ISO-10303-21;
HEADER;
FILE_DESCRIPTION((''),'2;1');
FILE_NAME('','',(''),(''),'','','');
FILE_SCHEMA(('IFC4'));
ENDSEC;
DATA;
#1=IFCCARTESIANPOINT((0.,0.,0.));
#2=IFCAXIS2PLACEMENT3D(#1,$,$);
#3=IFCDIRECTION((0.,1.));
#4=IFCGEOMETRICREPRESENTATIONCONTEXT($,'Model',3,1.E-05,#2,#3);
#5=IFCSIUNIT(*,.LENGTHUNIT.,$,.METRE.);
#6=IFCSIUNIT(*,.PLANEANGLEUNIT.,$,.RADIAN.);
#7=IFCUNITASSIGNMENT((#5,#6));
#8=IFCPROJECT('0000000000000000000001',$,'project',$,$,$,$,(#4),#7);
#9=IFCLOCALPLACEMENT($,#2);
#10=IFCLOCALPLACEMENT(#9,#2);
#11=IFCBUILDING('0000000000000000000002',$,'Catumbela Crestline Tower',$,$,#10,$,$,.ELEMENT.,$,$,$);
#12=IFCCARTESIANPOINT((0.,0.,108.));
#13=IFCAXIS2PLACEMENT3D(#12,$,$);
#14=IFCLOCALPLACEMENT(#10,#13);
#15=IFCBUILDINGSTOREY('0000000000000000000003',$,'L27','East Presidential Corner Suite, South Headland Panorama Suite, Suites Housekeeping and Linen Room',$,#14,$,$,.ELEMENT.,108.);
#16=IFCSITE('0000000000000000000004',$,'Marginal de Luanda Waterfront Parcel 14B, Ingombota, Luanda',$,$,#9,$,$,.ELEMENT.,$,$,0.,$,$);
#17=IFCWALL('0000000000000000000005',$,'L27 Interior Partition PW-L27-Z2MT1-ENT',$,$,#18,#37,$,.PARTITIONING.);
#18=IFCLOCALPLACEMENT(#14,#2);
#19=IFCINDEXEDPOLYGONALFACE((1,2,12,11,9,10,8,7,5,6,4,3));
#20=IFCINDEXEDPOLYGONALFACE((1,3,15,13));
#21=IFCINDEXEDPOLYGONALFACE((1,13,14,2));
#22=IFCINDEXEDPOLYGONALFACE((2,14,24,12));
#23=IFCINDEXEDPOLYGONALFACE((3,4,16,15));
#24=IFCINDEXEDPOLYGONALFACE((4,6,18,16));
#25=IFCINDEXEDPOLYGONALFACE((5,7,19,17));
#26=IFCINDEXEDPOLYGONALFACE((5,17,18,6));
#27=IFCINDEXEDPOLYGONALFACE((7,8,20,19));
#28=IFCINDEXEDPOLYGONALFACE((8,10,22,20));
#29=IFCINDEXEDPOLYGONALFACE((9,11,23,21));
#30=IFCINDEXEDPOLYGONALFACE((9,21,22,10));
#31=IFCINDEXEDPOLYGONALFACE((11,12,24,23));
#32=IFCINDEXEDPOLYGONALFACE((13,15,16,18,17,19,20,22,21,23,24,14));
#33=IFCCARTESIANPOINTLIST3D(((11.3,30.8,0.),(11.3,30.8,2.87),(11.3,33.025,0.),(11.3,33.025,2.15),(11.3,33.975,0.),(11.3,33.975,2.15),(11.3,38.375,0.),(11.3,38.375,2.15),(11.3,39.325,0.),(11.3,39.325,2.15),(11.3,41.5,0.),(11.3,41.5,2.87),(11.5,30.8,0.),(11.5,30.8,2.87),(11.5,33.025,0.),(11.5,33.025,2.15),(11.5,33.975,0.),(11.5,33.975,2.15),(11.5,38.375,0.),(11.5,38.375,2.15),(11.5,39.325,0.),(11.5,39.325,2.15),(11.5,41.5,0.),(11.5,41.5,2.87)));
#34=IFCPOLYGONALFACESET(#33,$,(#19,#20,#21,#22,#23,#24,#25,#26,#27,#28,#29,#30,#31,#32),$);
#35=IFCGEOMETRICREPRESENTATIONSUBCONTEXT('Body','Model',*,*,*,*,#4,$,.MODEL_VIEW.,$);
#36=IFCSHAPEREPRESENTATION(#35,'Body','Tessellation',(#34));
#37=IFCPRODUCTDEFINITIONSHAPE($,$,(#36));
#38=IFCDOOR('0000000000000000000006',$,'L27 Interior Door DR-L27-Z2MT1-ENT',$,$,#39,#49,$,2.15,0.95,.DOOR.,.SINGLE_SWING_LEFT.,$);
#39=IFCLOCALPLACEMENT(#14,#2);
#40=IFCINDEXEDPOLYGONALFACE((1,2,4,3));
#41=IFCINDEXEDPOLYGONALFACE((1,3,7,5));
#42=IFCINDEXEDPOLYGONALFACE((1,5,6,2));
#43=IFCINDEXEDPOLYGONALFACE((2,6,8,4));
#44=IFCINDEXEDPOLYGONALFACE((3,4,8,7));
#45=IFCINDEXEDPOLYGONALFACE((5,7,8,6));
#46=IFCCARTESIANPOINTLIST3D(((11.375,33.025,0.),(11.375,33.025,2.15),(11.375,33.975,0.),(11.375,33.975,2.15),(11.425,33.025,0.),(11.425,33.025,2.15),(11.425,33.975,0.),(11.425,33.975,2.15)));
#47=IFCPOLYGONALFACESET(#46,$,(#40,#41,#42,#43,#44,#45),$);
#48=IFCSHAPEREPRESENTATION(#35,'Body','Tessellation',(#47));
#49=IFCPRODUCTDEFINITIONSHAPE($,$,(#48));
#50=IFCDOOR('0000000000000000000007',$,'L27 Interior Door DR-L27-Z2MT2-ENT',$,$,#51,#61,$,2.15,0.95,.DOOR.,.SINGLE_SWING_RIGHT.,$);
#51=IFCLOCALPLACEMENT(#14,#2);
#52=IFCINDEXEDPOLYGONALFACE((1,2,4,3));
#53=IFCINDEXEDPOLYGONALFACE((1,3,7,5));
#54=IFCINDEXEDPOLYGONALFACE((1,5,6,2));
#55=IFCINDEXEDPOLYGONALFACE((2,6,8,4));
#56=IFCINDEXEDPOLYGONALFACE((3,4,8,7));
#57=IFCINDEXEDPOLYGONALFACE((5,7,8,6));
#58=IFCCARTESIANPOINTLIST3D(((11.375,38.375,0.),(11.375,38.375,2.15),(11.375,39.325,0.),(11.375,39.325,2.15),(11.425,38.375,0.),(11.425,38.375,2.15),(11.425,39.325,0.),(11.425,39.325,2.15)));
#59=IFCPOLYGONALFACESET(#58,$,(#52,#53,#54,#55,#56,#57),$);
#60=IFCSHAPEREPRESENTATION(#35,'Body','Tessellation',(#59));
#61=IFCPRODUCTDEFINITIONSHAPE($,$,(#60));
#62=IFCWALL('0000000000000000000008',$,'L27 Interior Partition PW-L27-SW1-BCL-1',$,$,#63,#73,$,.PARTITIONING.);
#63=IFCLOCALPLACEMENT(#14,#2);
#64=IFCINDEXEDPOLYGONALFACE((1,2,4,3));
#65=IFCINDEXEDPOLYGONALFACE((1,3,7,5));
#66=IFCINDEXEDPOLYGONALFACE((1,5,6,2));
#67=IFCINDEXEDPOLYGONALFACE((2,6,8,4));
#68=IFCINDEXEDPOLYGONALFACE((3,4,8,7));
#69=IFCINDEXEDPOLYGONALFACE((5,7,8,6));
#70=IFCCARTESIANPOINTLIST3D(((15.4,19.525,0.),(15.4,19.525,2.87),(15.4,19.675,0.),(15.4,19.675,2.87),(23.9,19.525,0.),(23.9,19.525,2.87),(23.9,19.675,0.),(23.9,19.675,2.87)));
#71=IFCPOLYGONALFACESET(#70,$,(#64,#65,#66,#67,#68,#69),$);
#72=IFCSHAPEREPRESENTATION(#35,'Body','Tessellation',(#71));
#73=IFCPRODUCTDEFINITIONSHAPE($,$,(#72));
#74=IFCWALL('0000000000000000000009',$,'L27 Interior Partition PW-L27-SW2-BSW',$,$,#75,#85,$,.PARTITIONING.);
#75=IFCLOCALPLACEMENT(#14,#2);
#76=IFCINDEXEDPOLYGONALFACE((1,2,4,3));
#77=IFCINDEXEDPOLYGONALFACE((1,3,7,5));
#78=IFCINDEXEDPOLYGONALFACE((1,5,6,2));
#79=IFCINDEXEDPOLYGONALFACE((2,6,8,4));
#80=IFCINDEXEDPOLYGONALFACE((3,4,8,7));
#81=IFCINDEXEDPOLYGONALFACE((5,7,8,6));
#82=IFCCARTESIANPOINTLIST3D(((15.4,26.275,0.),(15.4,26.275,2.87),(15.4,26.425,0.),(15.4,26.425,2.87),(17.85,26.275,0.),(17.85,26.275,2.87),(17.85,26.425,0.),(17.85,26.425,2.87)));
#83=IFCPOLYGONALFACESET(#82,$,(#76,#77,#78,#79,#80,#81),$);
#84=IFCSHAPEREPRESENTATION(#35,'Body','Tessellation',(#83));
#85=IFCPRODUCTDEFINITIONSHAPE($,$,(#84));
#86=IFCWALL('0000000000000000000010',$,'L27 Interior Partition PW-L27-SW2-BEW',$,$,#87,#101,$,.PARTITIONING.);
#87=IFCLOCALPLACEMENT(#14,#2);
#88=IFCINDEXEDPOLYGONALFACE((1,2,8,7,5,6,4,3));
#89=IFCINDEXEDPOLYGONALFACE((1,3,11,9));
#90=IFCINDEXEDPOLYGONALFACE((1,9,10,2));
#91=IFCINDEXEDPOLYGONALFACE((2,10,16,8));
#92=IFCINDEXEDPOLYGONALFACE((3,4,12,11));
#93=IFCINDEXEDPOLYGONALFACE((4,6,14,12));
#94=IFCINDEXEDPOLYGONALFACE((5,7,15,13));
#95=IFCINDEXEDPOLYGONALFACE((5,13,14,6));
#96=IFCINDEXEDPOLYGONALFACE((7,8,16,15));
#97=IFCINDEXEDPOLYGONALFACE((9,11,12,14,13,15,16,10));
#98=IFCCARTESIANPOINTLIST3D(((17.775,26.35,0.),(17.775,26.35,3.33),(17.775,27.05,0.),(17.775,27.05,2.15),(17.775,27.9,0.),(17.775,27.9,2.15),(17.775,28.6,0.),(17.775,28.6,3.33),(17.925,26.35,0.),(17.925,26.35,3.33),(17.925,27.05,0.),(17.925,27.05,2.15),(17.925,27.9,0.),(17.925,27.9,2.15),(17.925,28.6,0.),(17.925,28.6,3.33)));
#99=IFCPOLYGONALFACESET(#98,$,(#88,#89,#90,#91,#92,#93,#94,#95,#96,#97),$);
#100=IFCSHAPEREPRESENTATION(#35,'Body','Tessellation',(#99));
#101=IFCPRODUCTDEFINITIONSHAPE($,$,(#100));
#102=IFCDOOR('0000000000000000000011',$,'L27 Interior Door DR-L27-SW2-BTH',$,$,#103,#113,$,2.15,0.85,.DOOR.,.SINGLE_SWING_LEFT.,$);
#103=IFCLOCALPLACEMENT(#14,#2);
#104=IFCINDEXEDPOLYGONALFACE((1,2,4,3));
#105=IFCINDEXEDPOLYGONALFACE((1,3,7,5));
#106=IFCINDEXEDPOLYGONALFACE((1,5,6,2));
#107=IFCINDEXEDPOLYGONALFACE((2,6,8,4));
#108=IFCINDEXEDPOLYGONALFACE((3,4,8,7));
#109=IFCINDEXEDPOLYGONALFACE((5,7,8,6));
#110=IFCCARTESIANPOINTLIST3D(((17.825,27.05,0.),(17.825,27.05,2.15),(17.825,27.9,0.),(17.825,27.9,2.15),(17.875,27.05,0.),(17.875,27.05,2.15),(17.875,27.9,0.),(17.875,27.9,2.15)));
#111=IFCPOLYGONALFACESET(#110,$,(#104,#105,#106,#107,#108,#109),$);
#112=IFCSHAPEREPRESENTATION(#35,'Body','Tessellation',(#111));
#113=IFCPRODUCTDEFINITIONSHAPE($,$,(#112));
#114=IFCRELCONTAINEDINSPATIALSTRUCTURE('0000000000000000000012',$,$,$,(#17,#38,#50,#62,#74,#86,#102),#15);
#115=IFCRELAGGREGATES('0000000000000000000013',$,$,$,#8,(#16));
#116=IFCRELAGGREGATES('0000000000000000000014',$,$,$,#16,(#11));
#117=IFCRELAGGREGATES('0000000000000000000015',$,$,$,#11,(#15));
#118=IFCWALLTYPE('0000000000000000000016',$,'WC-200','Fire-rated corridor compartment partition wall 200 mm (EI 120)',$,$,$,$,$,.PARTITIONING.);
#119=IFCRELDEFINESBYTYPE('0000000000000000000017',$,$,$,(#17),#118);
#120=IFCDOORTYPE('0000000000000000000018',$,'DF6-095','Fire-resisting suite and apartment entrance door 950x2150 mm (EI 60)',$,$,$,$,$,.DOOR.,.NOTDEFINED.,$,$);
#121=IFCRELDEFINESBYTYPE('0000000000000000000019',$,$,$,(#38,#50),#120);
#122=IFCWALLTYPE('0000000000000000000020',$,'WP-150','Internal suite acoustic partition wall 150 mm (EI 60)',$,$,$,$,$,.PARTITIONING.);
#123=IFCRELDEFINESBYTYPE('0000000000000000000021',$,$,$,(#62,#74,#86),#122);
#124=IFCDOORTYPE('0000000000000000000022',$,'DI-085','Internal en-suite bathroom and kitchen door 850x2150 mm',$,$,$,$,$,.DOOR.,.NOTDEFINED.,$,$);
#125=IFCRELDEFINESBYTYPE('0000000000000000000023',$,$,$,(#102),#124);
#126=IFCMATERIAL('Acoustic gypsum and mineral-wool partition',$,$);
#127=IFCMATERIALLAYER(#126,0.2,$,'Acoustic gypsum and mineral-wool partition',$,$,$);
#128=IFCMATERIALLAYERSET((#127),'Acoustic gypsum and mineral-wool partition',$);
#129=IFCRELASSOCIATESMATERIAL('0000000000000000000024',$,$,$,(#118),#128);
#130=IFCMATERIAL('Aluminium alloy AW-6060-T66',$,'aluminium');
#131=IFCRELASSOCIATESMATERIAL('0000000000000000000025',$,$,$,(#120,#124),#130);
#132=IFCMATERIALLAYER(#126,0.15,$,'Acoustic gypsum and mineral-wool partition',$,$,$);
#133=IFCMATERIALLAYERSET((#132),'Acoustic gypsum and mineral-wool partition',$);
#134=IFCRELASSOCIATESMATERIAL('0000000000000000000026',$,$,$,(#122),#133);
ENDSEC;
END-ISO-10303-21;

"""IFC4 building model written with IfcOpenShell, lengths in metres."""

from ifc_helpers import new_model, si_unit, direction, frame, frame_2d, origin, place, context, subcontext, project, spatial, rectangle, extrude, material, layer, layer_set, type_object, element, fill, save


model = new_model("IFC4")

# Units and contexts
model_context = context("Model", 3, precision=1e-05, world=origin(), true_north=direction((0.0, 1.0)))
body_context = subcontext(model_context, "Body", "Model", "MODEL_VIEW")
ifc_project = project(units=[si_unit("LENGTHUNIT", "METRE"), si_unit("PLANEANGLEUNIT", "RADIAN")], contexts=[model_context])

# Site, building, storey
site_placement = place(None, origin())
site = spatial("IfcSite", under=ifc_project, at=site_placement, Name="Marginal de Luanda Waterfront Parcel 14B, Ingombota, Luanda", CompositionType="ELEMENT", RefElevation=0.0)
building_placement = place(site_placement, origin())
building = spatial("IfcBuilding", under=site, at=building_placement, Name="Catumbela Crestline Tower", CompositionType="ELEMENT")
storey_placement = place(building_placement, frame((0.0, 0.0, 108.0)))
storey = spatial("IfcBuildingStorey", under=building, at=storey_placement, Name="L27", Description="East Presidential Corner Suite, South Headland Panorama Suite, Suites Housekeeping and Linen Room", CompositionType="ELEMENT", Elevation=108.0)

# Shared definitions
ifc_material_1 = material(Name="Acoustic gypsum and mineral-wool partition")
ifc_layer_1 = layer(ifc_material_1, 0.2, Name="Acoustic gypsum and mineral-wool partition")
ifc_layer_set_1 = layer_set([ifc_layer_1], Name="Acoustic gypsum and mineral-wool partition")
wall_type_1 = type_object("IfcWallType", Name="WC-200", Description="Fire-rated corridor compartment partition wall 200 mm (EI 120)", PredefinedType="PARTITIONING", material=ifc_layer_set_1)
ifc_material_2 = material(Name="Aluminium alloy AW-6060-T66", Category="aluminium")
door_type_1 = type_object("IfcDoorType", Name="DF6-095", Description="Fire-resisting suite and apartment entrance door 950x2150 mm (EI 60)", OperationType="NOTDEFINED", PredefinedType="DOOR", material=ifc_material_2)

# Wall, openings, doors
wall_1_placement = place(storey_placement, frame((11.4, 30.8, 0.0), z_axis=(0.0, 0.0, 1.0), x_axis=(0.0, 1.0, 0.0)))
wall_1 = element("IfcWall", 1, at=wall_1_placement, inside=storey, type_object=wall_type_1, Name="L27 Interior Partition PW-L27-Z2MT1-ENT", PredefinedType="PARTITIONING", context=body_context, shape_type="SweptSolid", body=[
    extrude(rectangle(XDim=10.7, YDim=0.2, at=frame_2d((5.35, 0.0))), origin(), (0.0, 0.0, 1.0), 2.87),
])
opening_1_placement = place(wall_1_placement, frame((2.225, 0.0, 0.0)))
opening_1 = element("IfcOpeningElement", 2, at=opening_1_placement, cuts=wall_1, PredefinedType="OPENING", context=body_context, shape_type="SweptSolid", body=[
    extrude(rectangle(XDim=0.95, YDim=2.15, at=frame_2d((0.475, 1.075))), frame((0.0, 0.11, 0.0), z_axis=(0.0, -1.0, 0.0), x_axis=(1.0, 0.0, 0.0)), (0.0, 0.0, 1.0), 0.22),
])
opening_2_placement = place(wall_1_placement, frame((7.575, 0.0, 0.0)))
opening_2 = element("IfcOpeningElement", 3, at=opening_2_placement, cuts=wall_1, PredefinedType="OPENING", context=body_context, shape_type="SweptSolid", body=[
    extrude(rectangle(XDim=0.95, YDim=2.15, at=frame_2d((0.475, 1.075))), frame((0.0, 0.11, 0.0), z_axis=(0.0, -1.0, 0.0), x_axis=(1.0, 0.0, 0.0)), (0.0, 0.0, 1.0), 0.22),
])
door_1_placement = place(opening_1_placement, origin())
door_1 = element("IfcDoor", 4, at=door_1_placement, inside=storey, type_object=door_type_1, Name="L27 Interior Door DR-L27-Z2MT1-ENT", OperationType="SINGLE_SWING_LEFT", OverallHeight=2.15, OverallWidth=0.95, PredefinedType="DOOR", context=body_context, shape_type="SweptSolid", body=[
    extrude(rectangle(XDim=0.95, YDim=2.15, at=frame_2d((0.475, 1.075))), frame((0.0, 0.025, 0.0), z_axis=(0.0, -1.0, 0.0), x_axis=(1.0, 0.0, 0.0)), (0.0, 0.0, 1.0), 0.05),
])
fill(opening_1, door_1)
door_2_placement = place(opening_2_placement, origin())
door_2 = element("IfcDoor", 5, at=door_2_placement, inside=storey, type_object=door_type_1, Name="L27 Interior Door DR-L27-Z2MT2-ENT", OperationType="SINGLE_SWING_RIGHT", OverallHeight=2.15, OverallWidth=0.95, PredefinedType="DOOR", context=body_context, shape_type="SweptSolid", body=[
    extrude(rectangle(XDim=0.95, YDim=2.15, at=frame_2d((0.475, 1.075))), frame((0.0, 0.025, 0.0), z_axis=(0.0, -1.0, 0.0), x_axis=(1.0, 0.0, 0.0)), (0.0, 0.0, 1.0), 0.05),
])
fill(opening_2, door_2)

# Walls
ifc_layer_2 = layer(ifc_material_1, 0.15, Name="Acoustic gypsum and mineral-wool partition")
ifc_layer_set_2 = layer_set([ifc_layer_2], Name="Acoustic gypsum and mineral-wool partition")
wall_type_2 = type_object("IfcWallType", Name="WP-150", Description="Internal suite acoustic partition wall 150 mm (EI 60)", PredefinedType="PARTITIONING", material=ifc_layer_set_2)
wall_2_placement = place(storey_placement, frame((15.4, 19.6, 0.0), z_axis=(0.0, 0.0, 1.0), x_axis=(1.0, 0.0, 0.0)))
element("IfcWall", 6, at=wall_2_placement, inside=storey, type_object=wall_type_2, Name="L27 Interior Partition PW-L27-SW1-BCL-1", PredefinedType="PARTITIONING", context=body_context, shape_type="SweptSolid", body=[
    extrude(rectangle(XDim=8.5, YDim=0.15, at=frame_2d((4.25, 0.0))), origin(), (0.0, 0.0, 1.0), 2.87),
])
wall_3_placement = place(storey_placement, frame((15.4, 26.35, 0.0), z_axis=(0.0, 0.0, 1.0), x_axis=(1.0, 0.0, 0.0)))
element("IfcWall", 7, at=wall_3_placement, inside=storey, type_object=wall_type_2, Name="L27 Interior Partition PW-L27-SW2-BSW", PredefinedType="PARTITIONING", context=body_context, shape_type="SweptSolid", body=[
    extrude(rectangle(XDim=2.45, YDim=0.15, at=frame_2d((1.225, 0.0))), origin(), (0.0, 0.0, 1.0), 2.87),
])

# Wall, opening, door
wall_4_placement = place(storey_placement, frame((17.85, 26.35, 0.0), z_axis=(0.0, 0.0, 1.0), x_axis=(0.0, 1.0, 0.0)))
wall_4 = element("IfcWall", 8, at=wall_4_placement, inside=storey, type_object=wall_type_2, Name="L27 Interior Partition PW-L27-SW2-BEW", PredefinedType="PARTITIONING", context=body_context, shape_type="SweptSolid", body=[
    extrude(rectangle(XDim=2.25, YDim=0.15, at=frame_2d((1.125, 0.0))), origin(), (0.0, 0.0, 1.0), 3.33),
])
opening_3_placement = place(wall_4_placement, frame((0.7, 0.0, 0.0)))
opening_3 = element("IfcOpeningElement", 9, at=opening_3_placement, cuts=wall_4, PredefinedType="OPENING", context=body_context, shape_type="SweptSolid", body=[
    extrude(rectangle(XDim=0.85, YDim=2.15, at=frame_2d((0.425, 1.075))), frame((0.0, 0.085, 0.0), z_axis=(0.0, -1.0, 0.0), x_axis=(1.0, 0.0, 0.0)), (0.0, 0.0, 1.0), 0.17),
])
door_type_2 = type_object("IfcDoorType", Name="DI-085", Description="Internal en-suite bathroom and kitchen door 850x2150 mm", OperationType="NOTDEFINED", PredefinedType="DOOR", material=ifc_material_2)
door_3_placement = place(opening_3_placement, origin())
door_3 = element("IfcDoor", 10, at=door_3_placement, inside=storey, type_object=door_type_2, Name="L27 Interior Door DR-L27-SW2-BTH", OperationType="SINGLE_SWING_LEFT", OverallHeight=2.15, OverallWidth=0.85, PredefinedType="DOOR", context=body_context, shape_type="SweptSolid", body=[
    extrude(rectangle(XDim=0.85, YDim=2.15, at=frame_2d((0.425, 1.075))), frame((0.0, 0.025, 0.0), z_axis=(0.0, -1.0, 0.0), x_axis=(1.0, 0.0, 0.0)), (0.0, 0.0, 1.0), 0.05),
])
fill(opening_3, door_3)

save(model, "model.ifc")
